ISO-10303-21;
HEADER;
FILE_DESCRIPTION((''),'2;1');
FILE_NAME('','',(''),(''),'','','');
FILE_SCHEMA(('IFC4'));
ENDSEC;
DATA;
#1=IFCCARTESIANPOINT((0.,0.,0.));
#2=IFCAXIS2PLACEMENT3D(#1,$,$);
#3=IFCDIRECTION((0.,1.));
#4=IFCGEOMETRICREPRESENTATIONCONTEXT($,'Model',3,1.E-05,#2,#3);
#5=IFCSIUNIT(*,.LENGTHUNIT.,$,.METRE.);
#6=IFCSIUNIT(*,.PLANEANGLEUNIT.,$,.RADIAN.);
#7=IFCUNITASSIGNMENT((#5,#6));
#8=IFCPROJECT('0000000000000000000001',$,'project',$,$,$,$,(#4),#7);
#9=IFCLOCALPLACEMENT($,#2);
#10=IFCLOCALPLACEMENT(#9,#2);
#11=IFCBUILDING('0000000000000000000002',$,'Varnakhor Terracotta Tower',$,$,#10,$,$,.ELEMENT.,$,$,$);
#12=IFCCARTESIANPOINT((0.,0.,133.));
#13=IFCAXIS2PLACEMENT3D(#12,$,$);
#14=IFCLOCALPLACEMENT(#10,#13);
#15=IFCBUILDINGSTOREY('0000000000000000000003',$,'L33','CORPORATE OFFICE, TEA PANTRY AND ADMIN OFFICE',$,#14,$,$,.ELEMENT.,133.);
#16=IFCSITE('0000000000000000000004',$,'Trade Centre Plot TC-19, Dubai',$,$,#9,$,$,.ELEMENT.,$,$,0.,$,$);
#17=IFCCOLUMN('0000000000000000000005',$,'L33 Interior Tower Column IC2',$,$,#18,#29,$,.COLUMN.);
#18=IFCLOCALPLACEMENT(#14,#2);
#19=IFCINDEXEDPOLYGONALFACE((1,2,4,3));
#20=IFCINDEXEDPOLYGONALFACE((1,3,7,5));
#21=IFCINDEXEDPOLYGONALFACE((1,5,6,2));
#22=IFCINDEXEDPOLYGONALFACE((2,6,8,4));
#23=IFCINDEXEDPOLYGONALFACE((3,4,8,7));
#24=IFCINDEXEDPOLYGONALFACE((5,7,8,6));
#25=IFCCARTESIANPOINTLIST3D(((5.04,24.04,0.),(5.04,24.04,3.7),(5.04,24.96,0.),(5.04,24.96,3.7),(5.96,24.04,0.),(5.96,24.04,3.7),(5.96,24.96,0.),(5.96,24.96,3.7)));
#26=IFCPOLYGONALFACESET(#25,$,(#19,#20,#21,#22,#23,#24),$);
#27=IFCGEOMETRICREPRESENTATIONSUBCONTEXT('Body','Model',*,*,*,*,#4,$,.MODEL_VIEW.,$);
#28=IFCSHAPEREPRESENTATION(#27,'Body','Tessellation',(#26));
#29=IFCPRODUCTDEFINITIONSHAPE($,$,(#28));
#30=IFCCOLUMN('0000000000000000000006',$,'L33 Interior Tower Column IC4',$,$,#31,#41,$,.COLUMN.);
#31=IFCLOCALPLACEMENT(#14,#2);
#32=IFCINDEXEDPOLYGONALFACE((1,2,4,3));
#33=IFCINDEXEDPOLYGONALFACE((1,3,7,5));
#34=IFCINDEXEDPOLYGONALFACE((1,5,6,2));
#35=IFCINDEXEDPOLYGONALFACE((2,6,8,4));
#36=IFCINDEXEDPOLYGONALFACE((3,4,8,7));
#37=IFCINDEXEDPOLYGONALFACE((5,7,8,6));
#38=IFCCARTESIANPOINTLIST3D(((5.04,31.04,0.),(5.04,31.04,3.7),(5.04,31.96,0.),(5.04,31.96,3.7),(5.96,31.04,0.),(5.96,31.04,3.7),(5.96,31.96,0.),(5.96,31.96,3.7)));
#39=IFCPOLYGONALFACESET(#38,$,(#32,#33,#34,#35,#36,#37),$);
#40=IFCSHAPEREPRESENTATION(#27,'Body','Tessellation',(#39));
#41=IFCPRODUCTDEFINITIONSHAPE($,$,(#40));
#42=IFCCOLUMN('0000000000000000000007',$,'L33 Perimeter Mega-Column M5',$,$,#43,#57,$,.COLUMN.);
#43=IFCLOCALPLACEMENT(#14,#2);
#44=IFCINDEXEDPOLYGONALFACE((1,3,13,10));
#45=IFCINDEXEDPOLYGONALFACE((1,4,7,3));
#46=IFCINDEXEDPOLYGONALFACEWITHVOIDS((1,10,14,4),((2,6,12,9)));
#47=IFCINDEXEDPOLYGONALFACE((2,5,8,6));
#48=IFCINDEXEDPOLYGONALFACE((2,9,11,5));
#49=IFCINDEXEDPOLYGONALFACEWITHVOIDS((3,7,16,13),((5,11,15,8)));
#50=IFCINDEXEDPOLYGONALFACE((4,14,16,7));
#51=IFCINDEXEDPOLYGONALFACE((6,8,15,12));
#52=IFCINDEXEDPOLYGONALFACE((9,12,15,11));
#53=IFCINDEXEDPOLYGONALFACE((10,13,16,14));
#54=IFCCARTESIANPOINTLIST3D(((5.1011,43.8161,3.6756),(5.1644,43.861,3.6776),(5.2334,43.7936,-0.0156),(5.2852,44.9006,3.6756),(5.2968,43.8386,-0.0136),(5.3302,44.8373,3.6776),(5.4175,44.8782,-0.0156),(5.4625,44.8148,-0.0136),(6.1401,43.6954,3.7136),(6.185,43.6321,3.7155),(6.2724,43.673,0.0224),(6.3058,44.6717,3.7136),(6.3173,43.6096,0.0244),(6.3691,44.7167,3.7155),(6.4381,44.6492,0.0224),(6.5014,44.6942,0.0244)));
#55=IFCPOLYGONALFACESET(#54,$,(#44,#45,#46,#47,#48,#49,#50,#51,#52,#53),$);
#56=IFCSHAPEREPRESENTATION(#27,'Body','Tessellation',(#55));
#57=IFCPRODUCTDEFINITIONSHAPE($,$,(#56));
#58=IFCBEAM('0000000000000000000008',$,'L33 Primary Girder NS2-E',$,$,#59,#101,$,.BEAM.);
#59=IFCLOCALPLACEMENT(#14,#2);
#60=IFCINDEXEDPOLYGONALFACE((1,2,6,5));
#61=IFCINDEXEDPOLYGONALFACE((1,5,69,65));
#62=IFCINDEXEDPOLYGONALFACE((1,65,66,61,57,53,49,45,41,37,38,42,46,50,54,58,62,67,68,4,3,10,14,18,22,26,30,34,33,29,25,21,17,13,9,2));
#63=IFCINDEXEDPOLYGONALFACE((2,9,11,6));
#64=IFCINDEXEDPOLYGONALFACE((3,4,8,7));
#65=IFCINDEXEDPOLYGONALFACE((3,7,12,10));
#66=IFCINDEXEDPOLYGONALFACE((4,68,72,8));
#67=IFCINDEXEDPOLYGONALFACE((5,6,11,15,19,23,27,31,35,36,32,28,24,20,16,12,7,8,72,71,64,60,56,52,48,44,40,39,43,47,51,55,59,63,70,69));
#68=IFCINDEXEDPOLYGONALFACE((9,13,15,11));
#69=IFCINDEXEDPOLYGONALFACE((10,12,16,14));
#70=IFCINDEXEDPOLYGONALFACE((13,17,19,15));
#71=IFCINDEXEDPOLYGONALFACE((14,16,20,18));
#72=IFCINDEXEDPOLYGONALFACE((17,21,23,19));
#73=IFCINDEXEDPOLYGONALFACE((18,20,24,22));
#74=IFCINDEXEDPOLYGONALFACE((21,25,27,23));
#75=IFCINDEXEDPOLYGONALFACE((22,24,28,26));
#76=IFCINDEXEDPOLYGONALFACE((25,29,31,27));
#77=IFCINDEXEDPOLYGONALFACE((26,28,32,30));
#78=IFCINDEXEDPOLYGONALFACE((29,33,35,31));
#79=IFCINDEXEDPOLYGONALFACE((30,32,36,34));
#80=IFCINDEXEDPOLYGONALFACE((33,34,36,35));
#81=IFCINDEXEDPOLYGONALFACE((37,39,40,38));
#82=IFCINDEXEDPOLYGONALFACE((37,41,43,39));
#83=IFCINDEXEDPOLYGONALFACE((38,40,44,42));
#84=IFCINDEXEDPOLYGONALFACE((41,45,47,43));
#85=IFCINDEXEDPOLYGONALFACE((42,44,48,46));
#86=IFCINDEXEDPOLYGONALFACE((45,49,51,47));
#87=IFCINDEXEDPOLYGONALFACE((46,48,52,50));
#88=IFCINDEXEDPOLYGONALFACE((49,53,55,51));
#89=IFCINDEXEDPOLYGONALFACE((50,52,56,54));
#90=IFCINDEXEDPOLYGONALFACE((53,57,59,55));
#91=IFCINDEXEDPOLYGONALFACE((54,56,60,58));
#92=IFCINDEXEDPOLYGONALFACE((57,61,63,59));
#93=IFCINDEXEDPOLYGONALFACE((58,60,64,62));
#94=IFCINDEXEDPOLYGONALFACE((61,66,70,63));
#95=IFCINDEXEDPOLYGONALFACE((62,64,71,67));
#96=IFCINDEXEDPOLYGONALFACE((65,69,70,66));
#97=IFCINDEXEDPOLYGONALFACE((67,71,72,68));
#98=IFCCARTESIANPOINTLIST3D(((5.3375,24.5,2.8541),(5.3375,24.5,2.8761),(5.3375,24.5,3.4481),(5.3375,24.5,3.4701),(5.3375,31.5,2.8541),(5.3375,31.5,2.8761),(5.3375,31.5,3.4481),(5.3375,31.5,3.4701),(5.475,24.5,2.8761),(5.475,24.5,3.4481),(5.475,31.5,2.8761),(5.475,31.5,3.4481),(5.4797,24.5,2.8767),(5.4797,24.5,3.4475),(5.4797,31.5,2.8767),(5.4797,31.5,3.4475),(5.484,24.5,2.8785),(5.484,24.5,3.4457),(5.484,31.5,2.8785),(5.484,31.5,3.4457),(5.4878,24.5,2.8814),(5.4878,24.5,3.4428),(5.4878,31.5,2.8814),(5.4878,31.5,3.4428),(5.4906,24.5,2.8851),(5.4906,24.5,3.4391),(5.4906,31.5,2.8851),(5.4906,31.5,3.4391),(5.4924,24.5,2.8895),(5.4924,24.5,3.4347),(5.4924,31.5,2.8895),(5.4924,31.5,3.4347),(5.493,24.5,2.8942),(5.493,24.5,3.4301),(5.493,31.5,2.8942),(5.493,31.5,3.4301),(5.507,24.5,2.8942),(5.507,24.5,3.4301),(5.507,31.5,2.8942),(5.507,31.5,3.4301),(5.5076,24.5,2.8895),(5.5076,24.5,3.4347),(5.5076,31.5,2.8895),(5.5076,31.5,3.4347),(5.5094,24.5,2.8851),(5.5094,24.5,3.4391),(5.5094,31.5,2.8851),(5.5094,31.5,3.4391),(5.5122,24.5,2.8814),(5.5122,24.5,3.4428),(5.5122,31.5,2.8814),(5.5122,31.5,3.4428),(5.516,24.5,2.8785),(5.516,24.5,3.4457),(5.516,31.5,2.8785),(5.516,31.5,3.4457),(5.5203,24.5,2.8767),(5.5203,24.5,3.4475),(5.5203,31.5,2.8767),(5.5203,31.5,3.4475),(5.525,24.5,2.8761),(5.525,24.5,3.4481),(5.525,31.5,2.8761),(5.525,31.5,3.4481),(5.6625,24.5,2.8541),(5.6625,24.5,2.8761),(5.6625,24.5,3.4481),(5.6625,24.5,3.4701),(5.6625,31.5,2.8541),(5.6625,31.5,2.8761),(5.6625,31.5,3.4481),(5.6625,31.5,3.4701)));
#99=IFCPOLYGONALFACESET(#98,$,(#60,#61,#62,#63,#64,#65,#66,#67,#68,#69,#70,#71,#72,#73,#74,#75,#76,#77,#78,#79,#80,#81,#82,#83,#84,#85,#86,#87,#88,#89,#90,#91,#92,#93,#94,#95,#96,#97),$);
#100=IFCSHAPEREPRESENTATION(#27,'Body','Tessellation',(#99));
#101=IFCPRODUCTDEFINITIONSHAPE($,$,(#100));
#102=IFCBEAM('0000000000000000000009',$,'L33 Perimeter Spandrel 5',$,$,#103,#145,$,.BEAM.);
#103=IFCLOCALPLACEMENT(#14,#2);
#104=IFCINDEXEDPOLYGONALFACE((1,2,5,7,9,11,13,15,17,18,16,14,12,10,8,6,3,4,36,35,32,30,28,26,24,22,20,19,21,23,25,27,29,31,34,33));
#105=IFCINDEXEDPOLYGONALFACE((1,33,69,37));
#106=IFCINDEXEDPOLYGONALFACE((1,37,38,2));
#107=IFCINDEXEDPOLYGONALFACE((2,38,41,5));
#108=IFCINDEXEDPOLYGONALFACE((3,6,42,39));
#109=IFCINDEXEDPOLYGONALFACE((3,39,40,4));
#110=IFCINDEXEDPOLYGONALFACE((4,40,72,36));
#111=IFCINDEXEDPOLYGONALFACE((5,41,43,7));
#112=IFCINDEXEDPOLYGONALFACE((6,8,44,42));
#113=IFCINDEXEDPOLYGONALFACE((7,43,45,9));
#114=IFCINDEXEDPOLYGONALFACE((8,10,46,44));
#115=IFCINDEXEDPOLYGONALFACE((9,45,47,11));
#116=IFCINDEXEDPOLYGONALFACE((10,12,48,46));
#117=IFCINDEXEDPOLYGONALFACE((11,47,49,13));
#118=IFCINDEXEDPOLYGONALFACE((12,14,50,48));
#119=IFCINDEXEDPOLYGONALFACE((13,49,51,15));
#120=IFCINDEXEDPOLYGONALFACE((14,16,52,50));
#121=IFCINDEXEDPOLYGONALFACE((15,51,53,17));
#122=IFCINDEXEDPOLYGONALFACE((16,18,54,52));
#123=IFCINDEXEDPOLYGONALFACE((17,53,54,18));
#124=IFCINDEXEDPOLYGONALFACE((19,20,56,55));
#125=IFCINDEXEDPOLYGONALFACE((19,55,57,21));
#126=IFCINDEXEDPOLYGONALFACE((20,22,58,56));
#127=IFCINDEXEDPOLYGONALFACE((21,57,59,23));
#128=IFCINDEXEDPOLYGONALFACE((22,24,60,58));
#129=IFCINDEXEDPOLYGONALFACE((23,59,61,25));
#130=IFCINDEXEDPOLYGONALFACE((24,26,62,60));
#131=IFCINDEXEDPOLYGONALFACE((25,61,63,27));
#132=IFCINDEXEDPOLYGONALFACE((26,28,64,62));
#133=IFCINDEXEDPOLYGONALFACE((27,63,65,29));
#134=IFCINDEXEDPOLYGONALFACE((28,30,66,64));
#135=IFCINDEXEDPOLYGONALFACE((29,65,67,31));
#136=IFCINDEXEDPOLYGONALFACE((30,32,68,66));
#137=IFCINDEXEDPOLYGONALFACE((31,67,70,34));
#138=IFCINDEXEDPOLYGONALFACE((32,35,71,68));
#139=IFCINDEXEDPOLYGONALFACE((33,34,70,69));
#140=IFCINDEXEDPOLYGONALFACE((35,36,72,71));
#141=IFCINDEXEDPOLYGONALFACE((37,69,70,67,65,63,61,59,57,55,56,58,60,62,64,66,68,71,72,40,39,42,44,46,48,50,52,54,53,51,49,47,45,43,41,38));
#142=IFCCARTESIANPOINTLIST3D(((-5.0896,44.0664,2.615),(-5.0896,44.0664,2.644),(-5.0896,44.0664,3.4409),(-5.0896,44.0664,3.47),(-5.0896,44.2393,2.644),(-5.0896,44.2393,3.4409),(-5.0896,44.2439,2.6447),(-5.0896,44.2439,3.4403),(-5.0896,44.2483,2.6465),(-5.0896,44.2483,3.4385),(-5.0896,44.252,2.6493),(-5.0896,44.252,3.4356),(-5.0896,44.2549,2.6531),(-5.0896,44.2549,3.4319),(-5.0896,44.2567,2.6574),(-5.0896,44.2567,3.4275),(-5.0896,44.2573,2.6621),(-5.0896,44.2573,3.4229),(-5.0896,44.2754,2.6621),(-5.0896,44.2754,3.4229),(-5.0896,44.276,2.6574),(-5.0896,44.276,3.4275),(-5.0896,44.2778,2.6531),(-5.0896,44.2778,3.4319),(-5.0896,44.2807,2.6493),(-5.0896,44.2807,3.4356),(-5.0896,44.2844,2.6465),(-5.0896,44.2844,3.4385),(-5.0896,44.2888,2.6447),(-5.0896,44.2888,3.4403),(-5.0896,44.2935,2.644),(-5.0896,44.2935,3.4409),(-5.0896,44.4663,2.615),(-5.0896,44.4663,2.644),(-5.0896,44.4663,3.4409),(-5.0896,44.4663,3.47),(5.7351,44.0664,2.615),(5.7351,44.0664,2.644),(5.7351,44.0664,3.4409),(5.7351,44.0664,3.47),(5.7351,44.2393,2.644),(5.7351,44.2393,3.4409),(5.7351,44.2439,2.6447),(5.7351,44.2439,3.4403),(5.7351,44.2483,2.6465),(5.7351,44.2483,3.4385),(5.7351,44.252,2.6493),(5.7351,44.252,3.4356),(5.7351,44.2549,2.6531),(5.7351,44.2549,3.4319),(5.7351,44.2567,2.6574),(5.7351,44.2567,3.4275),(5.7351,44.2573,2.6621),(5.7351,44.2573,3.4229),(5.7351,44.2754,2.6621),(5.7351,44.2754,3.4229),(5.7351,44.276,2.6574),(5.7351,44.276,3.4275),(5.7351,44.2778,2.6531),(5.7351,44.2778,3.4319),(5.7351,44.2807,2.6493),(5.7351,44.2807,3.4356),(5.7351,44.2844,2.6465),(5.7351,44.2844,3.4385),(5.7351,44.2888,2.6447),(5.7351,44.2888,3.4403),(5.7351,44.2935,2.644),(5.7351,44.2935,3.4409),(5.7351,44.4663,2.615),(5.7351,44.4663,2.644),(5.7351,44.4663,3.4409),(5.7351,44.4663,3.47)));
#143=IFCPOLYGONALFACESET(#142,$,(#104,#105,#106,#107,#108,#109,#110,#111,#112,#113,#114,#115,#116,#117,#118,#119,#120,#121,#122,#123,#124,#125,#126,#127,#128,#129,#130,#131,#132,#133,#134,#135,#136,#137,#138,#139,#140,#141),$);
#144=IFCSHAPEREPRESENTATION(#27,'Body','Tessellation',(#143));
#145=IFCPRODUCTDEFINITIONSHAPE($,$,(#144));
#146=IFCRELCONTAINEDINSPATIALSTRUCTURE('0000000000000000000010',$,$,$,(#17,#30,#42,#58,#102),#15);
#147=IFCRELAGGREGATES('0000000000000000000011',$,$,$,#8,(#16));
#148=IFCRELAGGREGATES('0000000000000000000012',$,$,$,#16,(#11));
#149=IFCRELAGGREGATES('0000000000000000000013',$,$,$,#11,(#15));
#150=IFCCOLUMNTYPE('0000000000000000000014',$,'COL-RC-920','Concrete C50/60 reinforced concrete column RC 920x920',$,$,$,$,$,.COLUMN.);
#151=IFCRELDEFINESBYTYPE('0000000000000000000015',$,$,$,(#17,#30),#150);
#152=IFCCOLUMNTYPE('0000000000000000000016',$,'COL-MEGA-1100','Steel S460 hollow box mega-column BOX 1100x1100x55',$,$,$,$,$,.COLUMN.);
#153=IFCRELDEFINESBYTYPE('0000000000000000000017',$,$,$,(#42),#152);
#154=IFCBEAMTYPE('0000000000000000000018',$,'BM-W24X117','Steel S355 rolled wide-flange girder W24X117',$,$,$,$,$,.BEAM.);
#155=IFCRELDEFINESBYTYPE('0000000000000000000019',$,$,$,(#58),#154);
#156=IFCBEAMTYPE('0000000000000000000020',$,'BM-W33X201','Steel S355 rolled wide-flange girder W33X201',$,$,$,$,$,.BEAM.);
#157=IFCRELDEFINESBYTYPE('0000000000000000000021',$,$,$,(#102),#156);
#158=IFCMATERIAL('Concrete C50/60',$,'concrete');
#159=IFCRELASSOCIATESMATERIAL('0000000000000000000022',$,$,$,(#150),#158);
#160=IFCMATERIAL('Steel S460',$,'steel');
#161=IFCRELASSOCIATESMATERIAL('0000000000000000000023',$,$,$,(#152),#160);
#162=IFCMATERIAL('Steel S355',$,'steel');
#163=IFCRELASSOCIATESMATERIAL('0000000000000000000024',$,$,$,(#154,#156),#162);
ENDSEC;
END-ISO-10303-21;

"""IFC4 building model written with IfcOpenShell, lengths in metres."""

from ifc_helpers import new_model, si_unit, direction, frame, origin, origin_2d, place, context, subcontext, project, spatial, rectangle, hollow_rectangle, i_section, extrude, source, transform, mapped, material, material_profile, profile_set, type_object, element, save


model = new_model("IFC4")

# Units and contexts
model_context = context("Model", 3, precision=1e-05, world=origin(), true_north=direction((0.0, 1.0)))
body_context = subcontext(model_context, "Body", "Model", "MODEL_VIEW")
ifc_project = project(units=[si_unit("LENGTHUNIT", "METRE"), si_unit("PLANEANGLEUNIT", "RADIAN")], contexts=[model_context])

# Site, building, storey
site_placement = place(None, origin())
site = spatial("IfcSite", under=ifc_project, at=site_placement, Name="Trade Centre Plot TC-19, Dubai", CompositionType="ELEMENT", RefElevation=0.0)
building_placement = place(site_placement, origin())
building = spatial("IfcBuilding", under=site, at=building_placement, Name="Varnakhor Terracotta Tower", CompositionType="ELEMENT")
storey_placement = place(building_placement, frame((0.0, 0.0, 133.0)))
storey = spatial("IfcBuildingStorey", under=building, at=storey_placement, Name="L33", Description="CORPORATE OFFICE, TEA PANTRY AND ADMIN OFFICE", CompositionType="ELEMENT", Elevation=133.0)

# Columns
ifc_material_1 = material(Name="Concrete C50/60", Category="concrete")
ifc_material_profile_1 = material_profile(ifc_material_1, rectangle(XDim=0.9199, YDim=0.9199, at=origin_2d()), Name="RC 920x920")
ifc_profile_set_1 = profile_set([ifc_material_profile_1], Name="Concrete C50/60")
column_type_1 = type_object("IfcColumnType", Name="COL-RC-920", Description="Concrete C50/60 reinforced concrete column RC 920x920", PredefinedType="COLUMN", material=ifc_profile_set_1)
shared_shape_1 = source(origin(), body_context, "Body", "SweptSolid", [
    extrude(rectangle(XDim=0.9199, YDim=0.9199, at=origin_2d()), origin(), (0.0, 0.0, 1.0), 3.7),
])
for number, where, z_axis, x_axis, name in (
    (1, (5.5, 24.5, 0.0), (0.0, 0.0, 1.0), (1.0, 0.0, 0.0), "L33 Interior Tower Column IC2"),
    (2, (5.5, 31.5, 0.0), (0.0, 0.0, 1.0), (1.0, 0.0, 0.0), "L33 Interior Tower Column IC4"),
):
    element("IfcColumn", number, at=place(storey_placement, frame(where, z_axis=z_axis, x_axis=x_axis)), inside=storey, type_object=column_type_1, Name=name, PredefinedType="COLUMN", context=body_context, shape_type="MappedRepresentation", body=[
        mapped(shared_shape_1, transform((0.0, 0.0, 0.0), scale=1.0)),
    ])
ifc_material_2 = material(Name="Steel S460", Category="steel")
ifc_material_profile_2 = material_profile(ifc_material_2, hollow_rectangle(XDim=1.1001, YDim=1.1001, WallThickness=0.0549, at=origin_2d()), Name="BOX 1100x1100x55")
ifc_profile_set_2 = profile_set([ifc_material_profile_2], Name="Steel S460")
column_type_2 = type_object("IfcColumnType", Name="COL-MEGA-1100", Description="Steel S460 hollow box mega-column BOX 1100x1100x55", PredefinedType="COLUMN", material=ifc_profile_set_2)
shared_shape_2 = source(origin(), body_context, "Body", "SweptSolid", [
    extrude(hollow_rectangle(XDim=1.1001, YDim=1.1001, WallThickness=0.0549, at=origin_2d()), origin(), (0.0, 0.0, 1.0), 3.6936),
])
column_placement = place(storey_placement, frame((5.8674, 44.2439, 0.0044), z_axis=(-0.035825, 0.006081, 0.99934), x_axis=(-0.167348, -0.985898, 0.0)))
element("IfcColumn", 3, at=column_placement, inside=storey, type_object=column_type_2, Name="L33 Perimeter Mega-Column M5", PredefinedType="COLUMN", context=body_context, shape_type="MappedRepresentation", body=[
    mapped(shared_shape_2, transform((0.0, 0.0, 0.0), scale=1.0)),
])

# Beams
ifc_material_3 = material(Name="Steel S355", Category="steel")
ifc_material_profile_3 = material_profile(ifc_material_3, i_section(OverallWidth=0.325, OverallDepth=0.616, WebThickness=0.0139, FlangeThickness=0.022, FilletRadius=0.0181, at=origin_2d()), Name="W24X117")
ifc_profile_set_3 = profile_set([ifc_material_profile_3], Name="Steel S355")
beam_type_1 = type_object("IfcBeamType", Name="BM-W24X117", Description="Steel S355 rolled wide-flange girder W24X117", PredefinedType="BEAM", material=ifc_profile_set_3)
shared_shape_3 = source(origin(), body_context, "Body", "SweptSolid", [
    extrude(i_section(OverallWidth=0.325, OverallDepth=0.616, WebThickness=0.0139, FlangeThickness=0.022, FilletRadius=0.0181, at=origin_2d()), origin(), (0.0, 0.0, 1.0), 7.0),
])
beam_1_placement = place(storey_placement, frame((5.5, 24.5, 3.1621), z_axis=(0.0, 1.0, 0.0), x_axis=(-1.0, 0.0, 0.0)))
element("IfcBeam", 4, at=beam_1_placement, inside=storey, type_object=beam_type_1, Name="L33 Primary Girder NS2-E", PredefinedType="BEAM", context=body_context, shape_type="MappedRepresentation", body=[
    mapped(shared_shape_3, transform((0.0, 0.0, 0.0), scale=1.0)),
])
ifc_material_profile_4 = material_profile(ifc_material_3, i_section(OverallWidth=0.3999, OverallDepth=0.855, WebThickness=0.0181, FlangeThickness=0.0291, FilletRadius=0.0181, at=origin_2d()), Name="W33X201")
ifc_profile_set_4 = profile_set([ifc_material_profile_4], Name="Steel S355")
beam_type_2 = type_object("IfcBeamType", Name="BM-W33X201", Description="Steel S355 rolled wide-flange girder W33X201", PredefinedType="BEAM", material=ifc_profile_set_4)
shared_shape_4 = source(origin(), body_context, "Body", "SweptSolid", [
    extrude(i_section(OverallWidth=0.3999, OverallDepth=0.855, WebThickness=0.0181, FlangeThickness=0.0291, FilletRadius=0.0181, at=origin_2d()), origin(), (0.0, 0.0, 1.0), 10.8247),
])
beam_2_placement = place(storey_placement, frame((5.7351, 44.2664, 3.0425), z_axis=(-1.0, 0.0, 0.0), x_axis=(0.0, -1.0, 0.0)))
element("IfcBeam", 5, at=beam_2_placement, inside=storey, type_object=beam_type_2, Name="L33 Perimeter Spandrel 5", PredefinedType="BEAM", context=body_context, shape_type="MappedRepresentation", body=[
    mapped(shared_shape_4, transform((0.0, 0.0, 0.0), scale=1.0)),
])

save(model, "model.ifc")
